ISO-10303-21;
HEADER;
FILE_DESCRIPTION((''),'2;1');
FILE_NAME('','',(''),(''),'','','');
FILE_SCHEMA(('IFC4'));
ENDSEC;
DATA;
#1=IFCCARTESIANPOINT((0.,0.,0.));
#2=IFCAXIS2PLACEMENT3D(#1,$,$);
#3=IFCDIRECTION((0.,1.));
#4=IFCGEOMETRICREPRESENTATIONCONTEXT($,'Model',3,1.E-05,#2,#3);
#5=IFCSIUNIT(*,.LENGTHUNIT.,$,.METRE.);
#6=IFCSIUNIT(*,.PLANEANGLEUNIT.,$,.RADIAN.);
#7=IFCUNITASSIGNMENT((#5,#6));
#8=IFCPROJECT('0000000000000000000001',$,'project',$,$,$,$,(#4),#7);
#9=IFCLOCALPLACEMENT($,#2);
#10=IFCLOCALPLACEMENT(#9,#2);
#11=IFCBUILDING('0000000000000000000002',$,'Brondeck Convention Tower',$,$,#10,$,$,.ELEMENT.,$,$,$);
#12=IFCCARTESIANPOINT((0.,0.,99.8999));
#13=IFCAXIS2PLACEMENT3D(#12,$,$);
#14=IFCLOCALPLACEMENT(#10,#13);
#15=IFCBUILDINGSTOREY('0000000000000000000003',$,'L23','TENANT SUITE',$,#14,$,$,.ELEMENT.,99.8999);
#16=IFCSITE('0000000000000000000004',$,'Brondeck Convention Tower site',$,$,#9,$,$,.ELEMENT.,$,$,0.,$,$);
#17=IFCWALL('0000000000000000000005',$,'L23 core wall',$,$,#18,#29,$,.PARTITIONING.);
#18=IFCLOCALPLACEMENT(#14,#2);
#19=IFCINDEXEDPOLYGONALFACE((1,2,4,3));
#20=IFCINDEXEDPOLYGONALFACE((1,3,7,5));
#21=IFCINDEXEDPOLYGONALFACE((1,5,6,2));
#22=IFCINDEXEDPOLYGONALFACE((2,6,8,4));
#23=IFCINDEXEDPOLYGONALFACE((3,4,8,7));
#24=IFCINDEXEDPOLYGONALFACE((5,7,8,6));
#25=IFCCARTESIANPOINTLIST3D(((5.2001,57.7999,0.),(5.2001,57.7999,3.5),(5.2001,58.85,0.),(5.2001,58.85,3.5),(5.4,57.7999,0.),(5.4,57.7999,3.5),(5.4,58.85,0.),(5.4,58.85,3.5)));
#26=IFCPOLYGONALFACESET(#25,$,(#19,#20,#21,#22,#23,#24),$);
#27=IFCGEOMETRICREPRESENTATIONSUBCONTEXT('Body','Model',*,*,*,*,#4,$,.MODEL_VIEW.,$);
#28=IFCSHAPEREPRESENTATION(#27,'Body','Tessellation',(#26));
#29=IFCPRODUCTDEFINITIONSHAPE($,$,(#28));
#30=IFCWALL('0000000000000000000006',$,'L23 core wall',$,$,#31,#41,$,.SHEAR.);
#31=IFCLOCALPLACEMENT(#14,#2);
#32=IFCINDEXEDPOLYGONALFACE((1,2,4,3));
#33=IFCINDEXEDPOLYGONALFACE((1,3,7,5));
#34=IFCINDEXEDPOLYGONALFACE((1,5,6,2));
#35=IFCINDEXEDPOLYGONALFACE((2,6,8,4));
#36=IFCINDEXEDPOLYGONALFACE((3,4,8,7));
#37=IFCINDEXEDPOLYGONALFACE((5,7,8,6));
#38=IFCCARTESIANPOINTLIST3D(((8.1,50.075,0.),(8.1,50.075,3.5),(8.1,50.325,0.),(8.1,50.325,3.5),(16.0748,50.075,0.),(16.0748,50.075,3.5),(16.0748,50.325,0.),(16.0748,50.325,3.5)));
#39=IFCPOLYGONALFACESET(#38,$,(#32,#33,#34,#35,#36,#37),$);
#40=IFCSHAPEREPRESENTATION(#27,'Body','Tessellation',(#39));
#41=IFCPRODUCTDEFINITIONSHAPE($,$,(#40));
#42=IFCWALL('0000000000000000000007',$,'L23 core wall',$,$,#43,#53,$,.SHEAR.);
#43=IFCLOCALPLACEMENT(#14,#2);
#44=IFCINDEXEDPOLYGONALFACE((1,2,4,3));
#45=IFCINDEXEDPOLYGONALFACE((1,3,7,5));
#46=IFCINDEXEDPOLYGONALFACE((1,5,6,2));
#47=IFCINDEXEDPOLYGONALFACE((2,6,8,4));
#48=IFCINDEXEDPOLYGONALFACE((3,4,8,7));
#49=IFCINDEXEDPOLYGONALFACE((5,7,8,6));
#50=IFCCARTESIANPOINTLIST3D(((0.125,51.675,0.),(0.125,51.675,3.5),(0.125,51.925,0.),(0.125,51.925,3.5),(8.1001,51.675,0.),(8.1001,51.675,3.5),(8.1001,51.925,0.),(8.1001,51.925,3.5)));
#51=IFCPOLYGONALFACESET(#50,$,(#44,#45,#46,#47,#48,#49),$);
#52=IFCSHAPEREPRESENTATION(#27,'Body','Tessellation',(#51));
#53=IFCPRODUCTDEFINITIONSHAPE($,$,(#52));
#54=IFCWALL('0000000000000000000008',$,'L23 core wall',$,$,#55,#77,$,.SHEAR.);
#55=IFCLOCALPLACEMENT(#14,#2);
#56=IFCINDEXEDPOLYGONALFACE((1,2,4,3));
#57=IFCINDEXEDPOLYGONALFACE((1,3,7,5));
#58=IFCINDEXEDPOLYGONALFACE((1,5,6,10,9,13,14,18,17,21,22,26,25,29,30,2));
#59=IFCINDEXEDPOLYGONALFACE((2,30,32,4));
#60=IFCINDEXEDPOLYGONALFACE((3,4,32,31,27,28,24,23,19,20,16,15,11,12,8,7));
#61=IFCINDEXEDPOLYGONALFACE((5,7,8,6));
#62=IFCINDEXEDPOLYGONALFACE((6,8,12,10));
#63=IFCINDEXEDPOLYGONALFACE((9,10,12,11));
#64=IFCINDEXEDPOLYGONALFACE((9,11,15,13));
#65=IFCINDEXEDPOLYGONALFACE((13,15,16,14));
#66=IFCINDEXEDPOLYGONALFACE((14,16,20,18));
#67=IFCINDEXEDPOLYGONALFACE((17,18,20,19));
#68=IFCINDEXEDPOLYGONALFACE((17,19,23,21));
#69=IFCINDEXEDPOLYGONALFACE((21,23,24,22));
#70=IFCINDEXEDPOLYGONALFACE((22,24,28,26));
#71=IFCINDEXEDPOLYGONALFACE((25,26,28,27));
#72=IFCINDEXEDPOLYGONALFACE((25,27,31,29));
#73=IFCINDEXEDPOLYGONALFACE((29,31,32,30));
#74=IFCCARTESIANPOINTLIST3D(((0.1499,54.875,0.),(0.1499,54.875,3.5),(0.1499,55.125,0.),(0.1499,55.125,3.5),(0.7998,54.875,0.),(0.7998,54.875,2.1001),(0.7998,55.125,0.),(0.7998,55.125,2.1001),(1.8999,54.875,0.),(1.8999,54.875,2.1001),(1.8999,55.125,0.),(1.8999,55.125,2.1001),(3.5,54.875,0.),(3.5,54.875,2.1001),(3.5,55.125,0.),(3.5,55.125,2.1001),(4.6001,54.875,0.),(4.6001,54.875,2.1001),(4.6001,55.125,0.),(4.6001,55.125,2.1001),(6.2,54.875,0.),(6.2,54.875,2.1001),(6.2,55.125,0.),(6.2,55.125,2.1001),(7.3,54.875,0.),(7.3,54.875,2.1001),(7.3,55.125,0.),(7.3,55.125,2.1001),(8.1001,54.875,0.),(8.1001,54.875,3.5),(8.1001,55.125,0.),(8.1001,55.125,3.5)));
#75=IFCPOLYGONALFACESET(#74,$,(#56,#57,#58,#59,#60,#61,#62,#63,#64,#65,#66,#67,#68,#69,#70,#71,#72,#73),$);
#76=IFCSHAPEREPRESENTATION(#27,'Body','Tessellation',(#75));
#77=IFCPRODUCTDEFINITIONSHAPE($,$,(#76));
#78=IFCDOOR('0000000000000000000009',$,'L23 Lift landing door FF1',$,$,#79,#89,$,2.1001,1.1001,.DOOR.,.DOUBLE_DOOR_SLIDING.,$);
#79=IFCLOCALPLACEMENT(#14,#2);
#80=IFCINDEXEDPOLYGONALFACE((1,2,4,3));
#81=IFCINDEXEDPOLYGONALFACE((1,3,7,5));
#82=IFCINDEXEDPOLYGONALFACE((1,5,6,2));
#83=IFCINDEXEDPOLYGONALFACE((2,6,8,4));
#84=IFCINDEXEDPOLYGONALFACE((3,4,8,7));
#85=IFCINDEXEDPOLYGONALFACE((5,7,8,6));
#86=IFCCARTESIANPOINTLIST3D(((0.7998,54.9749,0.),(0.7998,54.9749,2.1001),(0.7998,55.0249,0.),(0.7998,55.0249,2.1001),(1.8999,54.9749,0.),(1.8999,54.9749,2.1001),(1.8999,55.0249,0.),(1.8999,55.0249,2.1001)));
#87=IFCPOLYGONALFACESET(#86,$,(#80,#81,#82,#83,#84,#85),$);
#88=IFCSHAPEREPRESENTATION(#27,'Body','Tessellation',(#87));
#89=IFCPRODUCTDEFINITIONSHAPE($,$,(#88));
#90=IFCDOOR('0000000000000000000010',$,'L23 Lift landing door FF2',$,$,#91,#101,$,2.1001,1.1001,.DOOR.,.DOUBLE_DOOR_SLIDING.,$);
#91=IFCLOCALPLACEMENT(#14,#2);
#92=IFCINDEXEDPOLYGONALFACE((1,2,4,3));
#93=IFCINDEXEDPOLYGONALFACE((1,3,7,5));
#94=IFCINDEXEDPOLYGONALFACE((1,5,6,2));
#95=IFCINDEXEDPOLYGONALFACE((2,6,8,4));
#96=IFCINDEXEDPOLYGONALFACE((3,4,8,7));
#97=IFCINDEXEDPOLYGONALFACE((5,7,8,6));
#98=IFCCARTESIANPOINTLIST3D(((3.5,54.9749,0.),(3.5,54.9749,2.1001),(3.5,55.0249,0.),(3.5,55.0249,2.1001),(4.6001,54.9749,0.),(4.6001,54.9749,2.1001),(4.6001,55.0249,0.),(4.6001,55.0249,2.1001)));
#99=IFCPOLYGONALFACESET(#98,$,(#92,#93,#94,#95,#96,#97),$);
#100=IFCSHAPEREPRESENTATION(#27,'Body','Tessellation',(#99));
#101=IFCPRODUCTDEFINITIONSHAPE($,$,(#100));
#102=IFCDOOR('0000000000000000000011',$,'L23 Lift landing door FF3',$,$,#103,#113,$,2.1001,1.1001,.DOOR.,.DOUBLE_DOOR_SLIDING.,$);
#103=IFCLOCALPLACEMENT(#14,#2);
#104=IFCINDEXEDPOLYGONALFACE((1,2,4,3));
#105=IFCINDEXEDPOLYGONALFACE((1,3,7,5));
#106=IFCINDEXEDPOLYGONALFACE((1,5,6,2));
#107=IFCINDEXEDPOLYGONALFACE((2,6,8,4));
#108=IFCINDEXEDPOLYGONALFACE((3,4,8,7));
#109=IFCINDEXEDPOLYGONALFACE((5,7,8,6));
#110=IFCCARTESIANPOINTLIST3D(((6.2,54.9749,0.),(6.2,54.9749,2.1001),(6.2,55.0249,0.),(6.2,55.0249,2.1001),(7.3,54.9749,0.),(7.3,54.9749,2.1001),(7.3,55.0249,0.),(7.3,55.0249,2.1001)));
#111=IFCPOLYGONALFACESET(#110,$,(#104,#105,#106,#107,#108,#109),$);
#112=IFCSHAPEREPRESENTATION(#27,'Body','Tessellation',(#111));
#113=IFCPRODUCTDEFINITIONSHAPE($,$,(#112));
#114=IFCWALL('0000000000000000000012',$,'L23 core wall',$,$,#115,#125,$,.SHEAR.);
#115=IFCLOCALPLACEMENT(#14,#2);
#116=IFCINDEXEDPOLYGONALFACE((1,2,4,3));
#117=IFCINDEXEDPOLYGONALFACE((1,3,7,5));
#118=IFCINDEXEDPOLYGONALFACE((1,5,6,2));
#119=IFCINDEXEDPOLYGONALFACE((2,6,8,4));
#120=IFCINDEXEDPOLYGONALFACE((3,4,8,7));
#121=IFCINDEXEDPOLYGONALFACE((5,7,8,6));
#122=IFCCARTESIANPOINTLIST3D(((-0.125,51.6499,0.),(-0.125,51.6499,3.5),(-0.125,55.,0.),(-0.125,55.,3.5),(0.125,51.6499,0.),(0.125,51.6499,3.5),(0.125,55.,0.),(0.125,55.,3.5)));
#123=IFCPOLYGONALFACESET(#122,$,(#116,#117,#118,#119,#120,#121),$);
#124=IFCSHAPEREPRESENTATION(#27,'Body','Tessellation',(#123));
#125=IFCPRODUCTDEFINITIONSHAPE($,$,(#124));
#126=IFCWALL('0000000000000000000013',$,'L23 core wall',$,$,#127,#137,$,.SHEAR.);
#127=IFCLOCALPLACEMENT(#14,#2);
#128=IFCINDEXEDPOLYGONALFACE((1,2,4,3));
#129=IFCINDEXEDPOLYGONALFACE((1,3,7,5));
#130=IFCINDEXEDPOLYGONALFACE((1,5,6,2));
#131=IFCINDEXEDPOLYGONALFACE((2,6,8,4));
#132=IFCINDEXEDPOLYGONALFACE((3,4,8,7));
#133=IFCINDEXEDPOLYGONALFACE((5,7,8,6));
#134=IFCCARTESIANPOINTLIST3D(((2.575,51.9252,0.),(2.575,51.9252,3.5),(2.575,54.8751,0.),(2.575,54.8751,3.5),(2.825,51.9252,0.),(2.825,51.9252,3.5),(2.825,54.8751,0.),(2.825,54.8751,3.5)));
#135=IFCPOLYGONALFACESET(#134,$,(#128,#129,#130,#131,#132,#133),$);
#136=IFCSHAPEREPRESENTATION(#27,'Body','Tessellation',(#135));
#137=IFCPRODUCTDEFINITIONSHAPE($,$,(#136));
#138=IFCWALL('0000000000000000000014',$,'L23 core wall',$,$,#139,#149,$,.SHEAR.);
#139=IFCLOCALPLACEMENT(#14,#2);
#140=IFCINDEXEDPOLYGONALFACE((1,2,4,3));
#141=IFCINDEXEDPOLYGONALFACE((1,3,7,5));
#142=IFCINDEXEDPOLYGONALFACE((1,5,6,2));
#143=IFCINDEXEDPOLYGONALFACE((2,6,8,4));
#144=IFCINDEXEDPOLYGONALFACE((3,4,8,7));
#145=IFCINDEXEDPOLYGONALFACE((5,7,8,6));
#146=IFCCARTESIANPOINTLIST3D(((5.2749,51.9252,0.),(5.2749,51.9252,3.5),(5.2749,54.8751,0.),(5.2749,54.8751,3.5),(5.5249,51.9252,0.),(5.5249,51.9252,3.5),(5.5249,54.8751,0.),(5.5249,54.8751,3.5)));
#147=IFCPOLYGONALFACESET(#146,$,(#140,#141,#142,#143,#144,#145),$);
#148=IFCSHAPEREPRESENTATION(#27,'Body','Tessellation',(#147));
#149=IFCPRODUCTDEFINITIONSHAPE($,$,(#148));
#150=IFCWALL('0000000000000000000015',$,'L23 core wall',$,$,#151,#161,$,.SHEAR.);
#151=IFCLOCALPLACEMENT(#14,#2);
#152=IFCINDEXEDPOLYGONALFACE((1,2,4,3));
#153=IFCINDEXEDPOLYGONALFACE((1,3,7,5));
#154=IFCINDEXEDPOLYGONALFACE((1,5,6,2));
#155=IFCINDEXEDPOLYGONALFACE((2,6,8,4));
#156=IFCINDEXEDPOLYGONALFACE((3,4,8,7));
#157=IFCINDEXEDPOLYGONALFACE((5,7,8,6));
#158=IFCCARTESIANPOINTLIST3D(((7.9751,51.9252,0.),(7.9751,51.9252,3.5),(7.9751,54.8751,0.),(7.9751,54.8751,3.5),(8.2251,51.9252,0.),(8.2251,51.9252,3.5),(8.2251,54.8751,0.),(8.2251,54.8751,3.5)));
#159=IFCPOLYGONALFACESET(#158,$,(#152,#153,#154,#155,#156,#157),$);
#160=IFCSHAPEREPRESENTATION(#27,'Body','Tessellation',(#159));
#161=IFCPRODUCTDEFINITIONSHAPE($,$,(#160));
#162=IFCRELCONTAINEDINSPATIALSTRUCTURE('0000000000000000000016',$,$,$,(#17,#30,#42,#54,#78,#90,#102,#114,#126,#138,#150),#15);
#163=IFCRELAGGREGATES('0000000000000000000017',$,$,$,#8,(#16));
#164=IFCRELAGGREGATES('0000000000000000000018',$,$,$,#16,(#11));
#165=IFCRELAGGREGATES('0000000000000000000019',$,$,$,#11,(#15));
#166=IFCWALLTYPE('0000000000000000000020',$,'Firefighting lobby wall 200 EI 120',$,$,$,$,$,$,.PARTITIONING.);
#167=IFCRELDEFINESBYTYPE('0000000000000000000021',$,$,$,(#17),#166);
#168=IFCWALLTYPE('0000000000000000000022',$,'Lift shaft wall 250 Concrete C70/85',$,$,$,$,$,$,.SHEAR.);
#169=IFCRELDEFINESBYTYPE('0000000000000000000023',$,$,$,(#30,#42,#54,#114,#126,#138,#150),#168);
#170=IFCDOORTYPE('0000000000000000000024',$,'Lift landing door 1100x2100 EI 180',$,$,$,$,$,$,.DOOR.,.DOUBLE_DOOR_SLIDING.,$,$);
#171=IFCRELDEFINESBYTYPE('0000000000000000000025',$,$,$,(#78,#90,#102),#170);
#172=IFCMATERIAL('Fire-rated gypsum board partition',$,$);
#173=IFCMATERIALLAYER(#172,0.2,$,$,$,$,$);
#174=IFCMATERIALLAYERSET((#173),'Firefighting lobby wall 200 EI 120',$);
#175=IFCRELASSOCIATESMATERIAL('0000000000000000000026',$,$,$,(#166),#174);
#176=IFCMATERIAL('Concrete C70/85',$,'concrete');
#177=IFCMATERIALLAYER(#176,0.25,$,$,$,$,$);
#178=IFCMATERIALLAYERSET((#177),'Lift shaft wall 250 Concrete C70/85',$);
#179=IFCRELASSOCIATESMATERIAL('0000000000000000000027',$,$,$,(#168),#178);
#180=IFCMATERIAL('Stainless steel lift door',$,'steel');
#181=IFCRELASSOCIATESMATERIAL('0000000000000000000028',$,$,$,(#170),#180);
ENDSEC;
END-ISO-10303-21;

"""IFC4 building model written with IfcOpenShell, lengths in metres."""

from ifc_helpers import new_model, si_unit, direction, frame, frame_2d, origin, place, context, subcontext, project, spatial, rectangle, extrude, material, layer, layer_set, type_object, element, fill, save


model = new_model("IFC4")

# Units and contexts
model_context = context("Model", 3, precision=1e-05, world=origin(), true_north=direction((0.0, 1.0)))
body_context = subcontext(model_context, "Body", "Model", "MODEL_VIEW")
ifc_project = project(units=[si_unit("LENGTHUNIT", "METRE"), si_unit("PLANEANGLEUNIT", "RADIAN")], contexts=[model_context])

# Site, building, storey
site_placement = place(None, origin())
site = spatial("IfcSite", under=ifc_project, at=site_placement, Name="Brondeck Convention Tower site", CompositionType="ELEMENT", RefElevation=0.0)
building_placement = place(site_placement, origin())
building = spatial("IfcBuilding", under=site, at=building_placement, Name="Brondeck Convention Tower", CompositionType="ELEMENT")
storey_placement = place(building_placement, frame((0.0, 0.0, 99.8999)))
storey = spatial("IfcBuildingStorey", under=building, at=storey_placement, Name="L23", Description="TENANT SUITE", CompositionType="ELEMENT", Elevation=99.8999)

# Shared definitions
ifc_material_1 = material(Name="Concrete C70/85", Category="concrete")

# Walls
ifc_material_2 = material(Name="Fire-rated gypsum board partition")
ifc_layer_1 = layer(ifc_material_2, 0.2)
ifc_layer_set_1 = layer_set([ifc_layer_1], Name="Firefighting lobby wall 200 EI 120")
wall_type_1 = type_object("IfcWallType", Name="Firefighting lobby wall 200 EI 120", PredefinedType="PARTITIONING", material=ifc_layer_set_1)
wall_1_placement = place(storey_placement, frame((5.3, 57.8, 0.0), z_axis=(0.0, 0.0, 1.0), x_axis=(0.0, 1.0, 0.0)))
element("IfcWall", 1, at=wall_1_placement, inside=storey, type_object=wall_type_1, Name="L23 core wall", PredefinedType="PARTITIONING", context=body_context, shape_type="SweptSolid", body=[
    extrude(rectangle(XDim=1.05, YDim=0.2, at=frame_2d((0.5249, 0.0))), origin(), (0.0, 0.0, 1.0), 3.5),
])
ifc_layer_2 = layer(ifc_material_1, 0.25)
ifc_layer_set_2 = layer_set([ifc_layer_2], Name="Lift shaft wall 250 Concrete C70/85")
wall_type_2 = type_object("IfcWallType", Name="Lift shaft wall 250 Concrete C70/85", PredefinedType="SHEAR", material=ifc_layer_set_2)
wall_2_placement = place(storey_placement, frame((8.1001, 50.2, 0.0), z_axis=(0.0, 0.0, 1.0), x_axis=(1.0, 0.0, 0.0)))
element("IfcWall", 2, at=wall_2_placement, inside=storey, type_object=wall_type_2, Name="L23 core wall", PredefinedType="SHEAR", context=body_context, shape_type="SweptSolid", body=[
    extrude(rectangle(XDim=7.9749, YDim=0.25, at=frame_2d((3.9873, 0.0))), origin(), (0.0, 0.0, 1.0), 3.5),
])
wall_3_placement = place(storey_placement, frame((0.125, 51.8, 0.0), z_axis=(0.0, 0.0, 1.0), x_axis=(1.0, 0.0, 0.0)))
element("IfcWall", 3, at=wall_3_placement, inside=storey, type_object=wall_type_2, Name="L23 core wall", PredefinedType="SHEAR", context=body_context, shape_type="SweptSolid", body=[
    extrude(rectangle(XDim=7.9751, YDim=0.25, at=frame_2d((3.9875, 0.0))), origin(), (0.0, 0.0, 1.0), 3.5),
])

# Wall, openings, doors
wall_4_placement = place(storey_placement, frame((0.1499, 55.0, 0.0), z_axis=(0.0, 0.0, 1.0), x_axis=(1.0, 0.0, 0.0)))
wall_4 = element("IfcWall", 4, at=wall_4_placement, inside=storey, type_object=wall_type_2, Name="L23 core wall", PredefinedType="SHEAR", context=body_context, shape_type="SweptSolid", body=[
    extrude(rectangle(XDim=7.9502, YDim=0.25, at=frame_2d((3.9751, 0.0))), origin(), (0.0, 0.0, 1.0), 3.5),
])
opening_1_placement = place(wall_4_placement, frame((0.6499, 0.0, 0.0)))
opening_1 = element("IfcOpeningElement", 5, at=opening_1_placement, cuts=wall_4, PredefinedType="OPENING", context=body_context, shape_type="SweptSolid", body=[
    extrude(rectangle(XDim=1.1001, YDim=2.1001, at=frame_2d((0.55, 1.05))), frame((0.0, 0.135, 0.0), z_axis=(0.0, -1.0, 0.0), x_axis=(1.0, 0.0, 0.0)), (0.0, 0.0, 1.0), 0.27),
])
opening_2_placement = place(wall_4_placement, frame((3.3501, 0.0, 0.0)))
opening_2 = element("IfcOpeningElement", 6, at=opening_2_placement, cuts=wall_4, PredefinedType="OPENING", context=body_context, shape_type="SweptSolid", body=[
    extrude(rectangle(XDim=1.1001, YDim=2.1001, at=frame_2d((0.55, 1.05))), frame((0.0, 0.135, 0.0), z_axis=(0.0, -1.0, 0.0), x_axis=(1.0, 0.0, 0.0)), (0.0, 0.0, 1.0), 0.27),
])
opening_3_placement = place(wall_4_placement, frame((6.05, 0.0, 0.0)))
opening_3 = element("IfcOpeningElement", 7, at=opening_3_placement, cuts=wall_4, PredefinedType="OPENING", context=body_context, shape_type="SweptSolid", body=[
    extrude(rectangle(XDim=1.1001, YDim=2.1001, at=frame_2d((0.55, 1.05))), frame((0.0, 0.135, 0.0), z_axis=(0.0, -1.0, 0.0), x_axis=(1.0, 0.0, 0.0)), (0.0, 0.0, 1.0), 0.27),
])
ifc_material_3 = material(Name="Stainless steel lift door", Category="steel")
door_type_1 = type_object("IfcDoorType", Name="Lift landing door 1100x2100 EI 180", OperationType="DOUBLE_DOOR_SLIDING", PredefinedType="DOOR", material=ifc_material_3)
door_1_placement = place(opening_1_placement, origin())
door_1 = element("IfcDoor", 8, at=door_1_placement, inside=storey, type_object=door_type_1, Name="L23 Lift landing door FF1", OperationType="DOUBLE_DOOR_SLIDING", OverallHeight=2.1001, OverallWidth=1.1001, PredefinedType="DOOR", context=body_context, shape_type="SweptSolid", body=[
    extrude(rectangle(XDim=1.1001, YDim=2.1001, at=frame_2d((0.55, 1.05))), frame((0.0, 0.0249, 0.0), z_axis=(0.0, -1.0, 0.0), x_axis=(1.0, 0.0, 0.0)), (0.0, 0.0, 1.0), 0.05),
])
fill(opening_1, door_1)
door_2_placement = place(opening_2_placement, origin())
door_2 = element("IfcDoor", 9, at=door_2_placement, inside=storey, type_object=door_type_1, Name="L23 Lift landing door FF2", OperationType="DOUBLE_DOOR_SLIDING", OverallHeight=2.1001, OverallWidth=1.1001, PredefinedType="DOOR", context=body_context, shape_type="SweptSolid", body=[
    extrude(rectangle(XDim=1.1001, YDim=2.1001, at=frame_2d((0.55, 1.05))), frame((0.0, 0.0249, 0.0), z_axis=(0.0, -1.0, 0.0), x_axis=(1.0, 0.0, 0.0)), (0.0, 0.0, 1.0), 0.05),
])
fill(opening_2, door_2)
door_3_placement = place(opening_3_placement, origin())
door_3 = element("IfcDoor", 10, at=door_3_placement, inside=storey, type_object=door_type_1, Name="L23 Lift landing door FF3", OperationType="DOUBLE_DOOR_SLIDING", OverallHeight=2.1001, OverallWidth=1.1001, PredefinedType="DOOR", context=body_context, shape_type="SweptSolid", body=[
    extrude(rectangle(XDim=1.1001, YDim=2.1001, at=frame_2d((0.55, 1.05))), frame((0.0, 0.0249, 0.0), z_axis=(0.0, -1.0, 0.0), x_axis=(1.0, 0.0, 0.0)), (0.0, 0.0, 1.0), 0.05),
])
fill(opening_3, door_3)

# Walls
wall_5_placement = place(storey_placement, frame((0.0, 51.6499, 0.0), z_axis=(0.0, 0.0, 1.0), x_axis=(0.0, 1.0, 0.0)))
element("IfcWall", 11, at=wall_5_placement, inside=storey, type_object=wall_type_2, Name="L23 core wall", PredefinedType="SHEAR", context=body_context, shape_type="SweptSolid", body=[
    extrude(rectangle(XDim=3.3501, YDim=0.25, at=frame_2d((1.675, 0.0))), origin(), (0.0, 0.0, 1.0), 3.5),
])
for number, where, z_axis, x_axis, name in (
    (12, (2.7, 51.925, 0.0), (0.0, 0.0, 1.0), (0.0, 1.0, 0.0), "L23 core wall"),
    (13, (5.3999, 51.925, 0.0), (0.0, 0.0, 1.0), (0.0, 1.0, 0.0), "L23 core wall"),
    (14, (8.1001, 51.925, 0.0), (0.0, 0.0, 1.0), (0.0, 1.0, 0.0), "L23 core wall"),
):
    element("IfcWall", number, at=place(storey_placement, frame(where, z_axis=z_axis, x_axis=x_axis)), inside=storey, type_object=wall_type_2, Name=name, PredefinedType="SHEAR", context=body_context, shape_type="SweptSolid", body=[
        extrude(rectangle(XDim=2.95, YDim=0.25, at=frame_2d((1.4751, 0.0))), origin(), (0.0, 0.0, 1.0), 3.5),
    ])

save(model, "model.ifc")
